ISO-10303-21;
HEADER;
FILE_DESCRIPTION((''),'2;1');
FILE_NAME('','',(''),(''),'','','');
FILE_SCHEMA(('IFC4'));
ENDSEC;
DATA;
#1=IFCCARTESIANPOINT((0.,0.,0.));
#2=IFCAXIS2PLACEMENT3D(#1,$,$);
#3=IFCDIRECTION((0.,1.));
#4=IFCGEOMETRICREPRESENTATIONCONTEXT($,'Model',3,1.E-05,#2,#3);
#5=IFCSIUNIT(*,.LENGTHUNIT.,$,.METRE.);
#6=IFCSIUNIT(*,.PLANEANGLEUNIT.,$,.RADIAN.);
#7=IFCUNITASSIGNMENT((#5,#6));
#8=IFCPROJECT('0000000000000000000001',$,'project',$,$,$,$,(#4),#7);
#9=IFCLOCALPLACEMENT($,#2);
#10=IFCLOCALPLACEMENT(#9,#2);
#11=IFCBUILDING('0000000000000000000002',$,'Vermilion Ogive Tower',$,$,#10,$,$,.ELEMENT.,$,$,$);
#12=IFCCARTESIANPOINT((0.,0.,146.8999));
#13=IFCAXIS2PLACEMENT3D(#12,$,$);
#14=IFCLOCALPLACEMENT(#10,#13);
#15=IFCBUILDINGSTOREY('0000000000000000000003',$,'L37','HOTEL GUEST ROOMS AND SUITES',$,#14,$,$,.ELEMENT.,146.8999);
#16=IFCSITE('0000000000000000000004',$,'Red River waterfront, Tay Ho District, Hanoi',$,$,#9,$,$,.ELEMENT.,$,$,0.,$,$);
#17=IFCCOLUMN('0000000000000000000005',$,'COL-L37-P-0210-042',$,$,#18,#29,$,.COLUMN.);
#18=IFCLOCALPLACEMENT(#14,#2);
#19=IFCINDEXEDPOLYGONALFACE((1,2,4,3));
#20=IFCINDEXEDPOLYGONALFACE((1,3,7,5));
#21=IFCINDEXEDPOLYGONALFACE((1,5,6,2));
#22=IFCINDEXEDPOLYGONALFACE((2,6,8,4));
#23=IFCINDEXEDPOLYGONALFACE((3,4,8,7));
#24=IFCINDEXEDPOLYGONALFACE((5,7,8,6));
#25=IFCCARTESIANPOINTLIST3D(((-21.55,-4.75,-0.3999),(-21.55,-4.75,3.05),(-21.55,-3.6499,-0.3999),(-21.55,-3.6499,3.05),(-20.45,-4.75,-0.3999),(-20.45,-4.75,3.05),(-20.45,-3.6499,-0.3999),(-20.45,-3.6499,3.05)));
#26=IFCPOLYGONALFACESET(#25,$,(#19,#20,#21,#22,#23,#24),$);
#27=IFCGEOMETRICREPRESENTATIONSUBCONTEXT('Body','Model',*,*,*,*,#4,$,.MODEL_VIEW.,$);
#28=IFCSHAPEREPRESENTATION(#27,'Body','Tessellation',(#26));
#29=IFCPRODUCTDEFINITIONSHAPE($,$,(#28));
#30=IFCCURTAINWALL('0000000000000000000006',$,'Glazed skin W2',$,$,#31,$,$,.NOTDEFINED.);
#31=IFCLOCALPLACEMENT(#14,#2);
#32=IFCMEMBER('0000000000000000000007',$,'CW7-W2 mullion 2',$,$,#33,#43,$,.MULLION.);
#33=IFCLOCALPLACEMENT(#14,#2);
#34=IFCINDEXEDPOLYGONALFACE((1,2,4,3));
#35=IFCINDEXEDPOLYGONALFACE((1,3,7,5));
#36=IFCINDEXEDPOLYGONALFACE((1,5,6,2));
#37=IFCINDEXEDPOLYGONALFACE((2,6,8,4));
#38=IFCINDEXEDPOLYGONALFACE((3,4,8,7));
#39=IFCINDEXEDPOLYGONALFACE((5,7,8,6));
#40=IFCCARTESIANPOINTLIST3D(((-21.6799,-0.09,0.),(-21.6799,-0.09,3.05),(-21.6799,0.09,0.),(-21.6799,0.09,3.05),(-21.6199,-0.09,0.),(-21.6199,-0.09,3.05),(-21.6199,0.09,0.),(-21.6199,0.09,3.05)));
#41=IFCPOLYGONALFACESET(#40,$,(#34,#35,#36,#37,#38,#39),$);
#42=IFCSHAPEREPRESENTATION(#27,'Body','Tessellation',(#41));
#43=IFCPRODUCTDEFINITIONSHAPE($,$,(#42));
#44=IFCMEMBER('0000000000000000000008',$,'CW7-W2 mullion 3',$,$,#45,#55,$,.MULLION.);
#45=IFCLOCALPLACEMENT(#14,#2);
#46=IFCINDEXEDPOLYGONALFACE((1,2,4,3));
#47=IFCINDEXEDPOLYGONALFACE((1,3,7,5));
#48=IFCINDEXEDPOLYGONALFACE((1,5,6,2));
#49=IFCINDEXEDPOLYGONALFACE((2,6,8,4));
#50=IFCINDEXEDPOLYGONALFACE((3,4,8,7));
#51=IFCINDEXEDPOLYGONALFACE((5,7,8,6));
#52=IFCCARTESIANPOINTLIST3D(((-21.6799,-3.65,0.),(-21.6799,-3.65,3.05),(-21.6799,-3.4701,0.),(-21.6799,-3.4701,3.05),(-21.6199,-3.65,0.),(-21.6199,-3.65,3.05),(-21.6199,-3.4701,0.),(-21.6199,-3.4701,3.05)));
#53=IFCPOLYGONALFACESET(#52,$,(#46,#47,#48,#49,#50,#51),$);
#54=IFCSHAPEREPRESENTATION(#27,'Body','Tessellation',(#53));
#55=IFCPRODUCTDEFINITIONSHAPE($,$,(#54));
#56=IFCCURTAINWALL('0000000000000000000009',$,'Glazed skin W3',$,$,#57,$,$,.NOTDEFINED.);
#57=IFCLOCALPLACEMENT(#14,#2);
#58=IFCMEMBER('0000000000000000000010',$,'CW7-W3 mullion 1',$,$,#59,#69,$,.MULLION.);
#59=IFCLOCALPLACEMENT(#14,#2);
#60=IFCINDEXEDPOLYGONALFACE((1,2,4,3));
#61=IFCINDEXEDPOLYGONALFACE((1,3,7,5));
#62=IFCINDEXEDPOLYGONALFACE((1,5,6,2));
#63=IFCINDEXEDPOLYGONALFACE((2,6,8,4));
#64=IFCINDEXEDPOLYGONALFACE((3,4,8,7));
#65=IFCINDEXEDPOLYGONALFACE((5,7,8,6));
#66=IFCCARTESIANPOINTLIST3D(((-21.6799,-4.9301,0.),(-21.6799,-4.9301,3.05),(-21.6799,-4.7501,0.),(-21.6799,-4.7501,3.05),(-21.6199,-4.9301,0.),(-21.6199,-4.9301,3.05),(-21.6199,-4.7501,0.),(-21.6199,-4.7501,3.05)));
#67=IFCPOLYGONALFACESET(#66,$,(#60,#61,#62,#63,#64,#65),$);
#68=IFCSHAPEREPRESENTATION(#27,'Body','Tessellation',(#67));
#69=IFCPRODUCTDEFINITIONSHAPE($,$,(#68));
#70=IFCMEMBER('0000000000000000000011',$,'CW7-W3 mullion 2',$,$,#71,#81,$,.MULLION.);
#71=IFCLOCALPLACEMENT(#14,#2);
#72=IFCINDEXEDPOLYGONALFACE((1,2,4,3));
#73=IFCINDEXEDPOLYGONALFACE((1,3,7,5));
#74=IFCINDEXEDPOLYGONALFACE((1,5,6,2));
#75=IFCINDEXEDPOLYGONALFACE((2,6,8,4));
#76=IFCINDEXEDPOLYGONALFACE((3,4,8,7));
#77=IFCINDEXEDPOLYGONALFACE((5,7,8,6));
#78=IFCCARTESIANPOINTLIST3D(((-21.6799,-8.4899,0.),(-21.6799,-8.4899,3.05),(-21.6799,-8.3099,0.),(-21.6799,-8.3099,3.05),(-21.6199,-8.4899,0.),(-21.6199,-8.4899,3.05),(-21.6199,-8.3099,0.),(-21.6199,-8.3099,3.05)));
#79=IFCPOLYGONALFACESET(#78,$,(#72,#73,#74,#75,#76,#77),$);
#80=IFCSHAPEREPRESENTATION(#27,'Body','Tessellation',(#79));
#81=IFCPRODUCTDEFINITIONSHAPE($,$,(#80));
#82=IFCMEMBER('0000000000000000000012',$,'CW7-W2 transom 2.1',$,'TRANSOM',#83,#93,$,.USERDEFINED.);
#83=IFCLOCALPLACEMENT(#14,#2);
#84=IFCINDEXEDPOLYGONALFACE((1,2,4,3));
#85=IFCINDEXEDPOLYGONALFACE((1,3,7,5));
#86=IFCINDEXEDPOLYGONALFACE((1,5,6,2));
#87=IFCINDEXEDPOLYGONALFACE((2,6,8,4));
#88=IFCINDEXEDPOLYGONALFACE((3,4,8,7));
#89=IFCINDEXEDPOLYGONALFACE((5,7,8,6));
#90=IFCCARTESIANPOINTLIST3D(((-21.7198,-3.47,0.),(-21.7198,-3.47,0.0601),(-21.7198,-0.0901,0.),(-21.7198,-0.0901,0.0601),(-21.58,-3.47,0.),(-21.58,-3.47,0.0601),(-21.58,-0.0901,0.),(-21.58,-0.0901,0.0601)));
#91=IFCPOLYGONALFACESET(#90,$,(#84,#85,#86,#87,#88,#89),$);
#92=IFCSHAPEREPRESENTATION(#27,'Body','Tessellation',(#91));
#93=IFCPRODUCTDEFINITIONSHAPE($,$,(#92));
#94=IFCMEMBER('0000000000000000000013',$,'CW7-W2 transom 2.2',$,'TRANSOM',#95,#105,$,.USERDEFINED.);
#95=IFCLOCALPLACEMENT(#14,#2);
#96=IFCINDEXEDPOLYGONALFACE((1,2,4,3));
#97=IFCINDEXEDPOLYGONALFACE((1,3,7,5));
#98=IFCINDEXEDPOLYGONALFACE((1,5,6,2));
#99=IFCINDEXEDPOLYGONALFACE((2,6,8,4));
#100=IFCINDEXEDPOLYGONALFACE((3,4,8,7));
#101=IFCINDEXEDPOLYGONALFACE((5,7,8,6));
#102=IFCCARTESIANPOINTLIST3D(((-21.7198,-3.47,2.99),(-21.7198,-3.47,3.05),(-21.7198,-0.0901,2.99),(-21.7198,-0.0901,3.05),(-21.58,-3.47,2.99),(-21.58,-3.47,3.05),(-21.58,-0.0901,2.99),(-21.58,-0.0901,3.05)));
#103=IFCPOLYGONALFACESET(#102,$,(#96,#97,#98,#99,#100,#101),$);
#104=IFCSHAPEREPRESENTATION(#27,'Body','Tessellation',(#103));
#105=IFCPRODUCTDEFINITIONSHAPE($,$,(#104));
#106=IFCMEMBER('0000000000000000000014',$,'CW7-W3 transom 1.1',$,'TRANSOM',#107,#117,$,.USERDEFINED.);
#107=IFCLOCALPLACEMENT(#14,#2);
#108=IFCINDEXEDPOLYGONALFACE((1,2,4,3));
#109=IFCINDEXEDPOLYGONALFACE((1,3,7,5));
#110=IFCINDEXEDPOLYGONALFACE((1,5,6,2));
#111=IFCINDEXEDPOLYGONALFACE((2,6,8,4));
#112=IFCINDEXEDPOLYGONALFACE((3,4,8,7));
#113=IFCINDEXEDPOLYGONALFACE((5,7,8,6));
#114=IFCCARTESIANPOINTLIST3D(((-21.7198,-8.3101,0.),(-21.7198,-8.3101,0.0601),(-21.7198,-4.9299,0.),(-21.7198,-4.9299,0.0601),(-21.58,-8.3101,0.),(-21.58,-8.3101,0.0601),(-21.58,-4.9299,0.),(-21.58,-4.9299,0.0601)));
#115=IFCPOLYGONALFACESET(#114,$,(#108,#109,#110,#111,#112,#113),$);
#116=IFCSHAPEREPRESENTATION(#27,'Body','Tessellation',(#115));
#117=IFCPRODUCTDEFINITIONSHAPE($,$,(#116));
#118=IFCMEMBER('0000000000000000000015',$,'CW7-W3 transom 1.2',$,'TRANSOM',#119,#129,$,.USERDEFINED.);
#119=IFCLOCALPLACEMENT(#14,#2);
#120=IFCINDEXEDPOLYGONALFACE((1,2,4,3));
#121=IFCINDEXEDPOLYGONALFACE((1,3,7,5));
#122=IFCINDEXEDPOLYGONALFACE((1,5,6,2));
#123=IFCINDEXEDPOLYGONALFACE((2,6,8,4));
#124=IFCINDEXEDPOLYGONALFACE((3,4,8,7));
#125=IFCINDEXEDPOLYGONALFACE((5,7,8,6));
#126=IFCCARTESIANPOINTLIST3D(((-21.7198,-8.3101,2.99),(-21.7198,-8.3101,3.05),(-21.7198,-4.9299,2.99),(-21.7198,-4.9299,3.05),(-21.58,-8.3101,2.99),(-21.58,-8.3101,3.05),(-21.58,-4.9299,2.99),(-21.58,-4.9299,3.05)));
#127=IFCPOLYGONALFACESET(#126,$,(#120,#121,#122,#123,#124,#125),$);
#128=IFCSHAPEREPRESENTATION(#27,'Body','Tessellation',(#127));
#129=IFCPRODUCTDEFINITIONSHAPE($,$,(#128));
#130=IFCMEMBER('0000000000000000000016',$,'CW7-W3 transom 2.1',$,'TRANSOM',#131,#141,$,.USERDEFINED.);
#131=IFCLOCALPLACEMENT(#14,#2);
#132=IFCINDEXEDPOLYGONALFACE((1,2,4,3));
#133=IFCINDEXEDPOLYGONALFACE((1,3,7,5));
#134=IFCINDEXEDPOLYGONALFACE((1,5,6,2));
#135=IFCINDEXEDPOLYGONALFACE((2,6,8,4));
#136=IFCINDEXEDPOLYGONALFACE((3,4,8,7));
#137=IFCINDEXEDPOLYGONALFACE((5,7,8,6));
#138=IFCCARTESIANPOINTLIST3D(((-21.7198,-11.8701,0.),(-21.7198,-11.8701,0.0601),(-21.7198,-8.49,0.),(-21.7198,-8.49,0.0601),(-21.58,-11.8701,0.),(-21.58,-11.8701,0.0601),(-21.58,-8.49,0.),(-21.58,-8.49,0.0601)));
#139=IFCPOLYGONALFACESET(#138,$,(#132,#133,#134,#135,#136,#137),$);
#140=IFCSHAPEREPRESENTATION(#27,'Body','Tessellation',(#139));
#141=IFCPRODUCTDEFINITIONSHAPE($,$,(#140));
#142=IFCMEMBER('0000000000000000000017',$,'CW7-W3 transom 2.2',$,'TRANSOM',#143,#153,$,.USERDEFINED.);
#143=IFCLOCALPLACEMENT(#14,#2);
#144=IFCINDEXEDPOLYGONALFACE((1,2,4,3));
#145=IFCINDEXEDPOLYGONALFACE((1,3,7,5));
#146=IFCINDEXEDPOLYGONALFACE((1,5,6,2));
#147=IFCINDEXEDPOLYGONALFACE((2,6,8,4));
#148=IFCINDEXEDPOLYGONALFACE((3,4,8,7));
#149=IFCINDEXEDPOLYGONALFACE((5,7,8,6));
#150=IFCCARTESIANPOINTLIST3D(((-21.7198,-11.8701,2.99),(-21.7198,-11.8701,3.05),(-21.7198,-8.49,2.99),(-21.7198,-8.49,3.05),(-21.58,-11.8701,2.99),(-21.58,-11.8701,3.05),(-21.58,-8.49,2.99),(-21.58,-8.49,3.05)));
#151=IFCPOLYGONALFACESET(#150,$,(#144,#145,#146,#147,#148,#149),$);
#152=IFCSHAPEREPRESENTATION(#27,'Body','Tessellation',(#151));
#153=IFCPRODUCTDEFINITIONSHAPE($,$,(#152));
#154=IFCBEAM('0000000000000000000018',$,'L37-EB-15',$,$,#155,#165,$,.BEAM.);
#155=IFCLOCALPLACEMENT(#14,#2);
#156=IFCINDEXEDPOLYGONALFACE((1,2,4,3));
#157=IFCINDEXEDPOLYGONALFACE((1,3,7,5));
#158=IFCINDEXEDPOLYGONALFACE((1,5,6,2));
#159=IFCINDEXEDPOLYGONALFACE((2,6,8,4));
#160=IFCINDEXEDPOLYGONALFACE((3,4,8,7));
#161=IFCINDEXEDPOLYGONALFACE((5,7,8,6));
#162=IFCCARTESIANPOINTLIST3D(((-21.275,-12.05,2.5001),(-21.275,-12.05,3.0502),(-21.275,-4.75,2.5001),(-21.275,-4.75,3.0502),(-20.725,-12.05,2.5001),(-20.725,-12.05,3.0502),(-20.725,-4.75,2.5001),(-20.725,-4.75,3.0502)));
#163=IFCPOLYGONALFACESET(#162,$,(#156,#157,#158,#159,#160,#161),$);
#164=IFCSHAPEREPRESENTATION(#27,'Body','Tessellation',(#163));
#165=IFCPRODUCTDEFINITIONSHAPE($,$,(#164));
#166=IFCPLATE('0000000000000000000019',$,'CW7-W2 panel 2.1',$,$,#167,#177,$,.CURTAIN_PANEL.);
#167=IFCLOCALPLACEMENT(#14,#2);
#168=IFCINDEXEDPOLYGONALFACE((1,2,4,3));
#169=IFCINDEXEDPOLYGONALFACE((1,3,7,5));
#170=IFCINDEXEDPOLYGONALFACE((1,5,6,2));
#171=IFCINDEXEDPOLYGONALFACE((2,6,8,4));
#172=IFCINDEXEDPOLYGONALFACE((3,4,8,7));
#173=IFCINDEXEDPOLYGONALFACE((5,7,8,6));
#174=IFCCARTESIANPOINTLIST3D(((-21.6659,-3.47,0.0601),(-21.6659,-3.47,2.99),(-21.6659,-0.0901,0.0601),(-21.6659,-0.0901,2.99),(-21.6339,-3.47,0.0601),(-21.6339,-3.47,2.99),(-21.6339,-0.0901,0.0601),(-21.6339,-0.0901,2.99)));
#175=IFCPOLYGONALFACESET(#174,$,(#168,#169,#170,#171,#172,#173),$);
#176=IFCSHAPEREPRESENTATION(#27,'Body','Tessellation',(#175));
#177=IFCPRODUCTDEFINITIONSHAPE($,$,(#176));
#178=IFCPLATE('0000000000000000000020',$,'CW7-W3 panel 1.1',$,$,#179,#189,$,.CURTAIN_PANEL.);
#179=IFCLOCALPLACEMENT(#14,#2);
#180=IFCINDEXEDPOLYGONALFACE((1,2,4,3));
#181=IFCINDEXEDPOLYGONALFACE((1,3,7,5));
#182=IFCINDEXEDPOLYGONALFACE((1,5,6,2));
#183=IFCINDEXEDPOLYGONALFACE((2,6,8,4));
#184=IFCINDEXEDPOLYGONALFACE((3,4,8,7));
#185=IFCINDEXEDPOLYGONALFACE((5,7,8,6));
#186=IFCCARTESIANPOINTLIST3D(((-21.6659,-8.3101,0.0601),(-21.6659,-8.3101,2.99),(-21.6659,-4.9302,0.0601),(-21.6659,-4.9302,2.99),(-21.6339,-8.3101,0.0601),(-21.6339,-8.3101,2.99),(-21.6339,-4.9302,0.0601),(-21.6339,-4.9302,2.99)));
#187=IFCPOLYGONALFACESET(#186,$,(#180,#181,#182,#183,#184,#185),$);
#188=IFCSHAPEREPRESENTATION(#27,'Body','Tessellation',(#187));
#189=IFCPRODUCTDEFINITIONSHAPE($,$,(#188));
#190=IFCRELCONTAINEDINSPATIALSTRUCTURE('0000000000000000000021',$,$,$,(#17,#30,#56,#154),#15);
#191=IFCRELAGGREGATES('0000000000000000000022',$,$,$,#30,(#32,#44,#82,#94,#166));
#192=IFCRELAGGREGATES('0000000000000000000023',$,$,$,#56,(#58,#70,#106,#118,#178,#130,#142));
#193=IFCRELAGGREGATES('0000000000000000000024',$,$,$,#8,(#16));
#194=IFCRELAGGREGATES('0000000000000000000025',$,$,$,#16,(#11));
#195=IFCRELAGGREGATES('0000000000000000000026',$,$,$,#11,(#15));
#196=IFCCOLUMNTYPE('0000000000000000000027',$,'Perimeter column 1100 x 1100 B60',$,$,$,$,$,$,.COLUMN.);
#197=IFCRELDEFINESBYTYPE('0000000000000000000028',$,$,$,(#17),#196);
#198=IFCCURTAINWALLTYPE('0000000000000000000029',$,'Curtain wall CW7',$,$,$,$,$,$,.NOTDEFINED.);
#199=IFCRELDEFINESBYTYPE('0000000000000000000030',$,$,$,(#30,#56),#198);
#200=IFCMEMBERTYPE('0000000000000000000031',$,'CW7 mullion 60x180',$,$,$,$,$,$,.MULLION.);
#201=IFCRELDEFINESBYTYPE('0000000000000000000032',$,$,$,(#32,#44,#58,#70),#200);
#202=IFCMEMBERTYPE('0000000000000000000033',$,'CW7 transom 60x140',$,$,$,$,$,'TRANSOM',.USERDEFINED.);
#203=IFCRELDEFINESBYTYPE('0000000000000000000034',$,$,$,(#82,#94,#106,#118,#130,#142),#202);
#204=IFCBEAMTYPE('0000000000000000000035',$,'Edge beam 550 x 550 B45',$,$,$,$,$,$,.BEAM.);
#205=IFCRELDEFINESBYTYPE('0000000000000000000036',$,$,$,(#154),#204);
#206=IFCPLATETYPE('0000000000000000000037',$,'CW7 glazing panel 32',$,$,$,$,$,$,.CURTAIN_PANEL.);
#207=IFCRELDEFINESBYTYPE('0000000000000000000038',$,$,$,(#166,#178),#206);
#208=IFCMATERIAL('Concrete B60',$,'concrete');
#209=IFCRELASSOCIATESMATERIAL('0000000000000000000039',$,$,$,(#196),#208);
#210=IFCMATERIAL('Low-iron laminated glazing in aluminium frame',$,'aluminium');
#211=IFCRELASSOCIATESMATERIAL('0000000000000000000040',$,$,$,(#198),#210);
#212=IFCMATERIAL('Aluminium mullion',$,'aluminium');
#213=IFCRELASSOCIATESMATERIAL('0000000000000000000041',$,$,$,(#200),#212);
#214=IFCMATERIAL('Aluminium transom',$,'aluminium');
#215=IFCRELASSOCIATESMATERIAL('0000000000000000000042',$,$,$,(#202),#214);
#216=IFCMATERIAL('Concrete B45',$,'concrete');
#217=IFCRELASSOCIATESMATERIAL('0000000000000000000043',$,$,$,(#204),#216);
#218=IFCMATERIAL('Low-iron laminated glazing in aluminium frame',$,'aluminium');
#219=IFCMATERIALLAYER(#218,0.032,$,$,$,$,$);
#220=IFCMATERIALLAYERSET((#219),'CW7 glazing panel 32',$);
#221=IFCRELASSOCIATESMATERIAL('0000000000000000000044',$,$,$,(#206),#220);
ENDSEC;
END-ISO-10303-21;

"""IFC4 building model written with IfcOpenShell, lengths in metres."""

from ifc_helpers import new_model, si_unit, direction, frame, origin, origin_2d, place, context, subcontext, project, spatial, rectangle, extrude, material, layer, layer_set, material_profile, profile_set, type_object, element, aggregate, save


model = new_model("IFC4")

# Units and contexts
model_context = context("Model", 3, precision=1e-05, world=origin(), true_north=direction((0.0, 1.0)))
body_context = subcontext(model_context, "Body", "Model", "MODEL_VIEW")
ifc_project = project(units=[si_unit("LENGTHUNIT", "METRE"), si_unit("PLANEANGLEUNIT", "RADIAN")], contexts=[model_context])

# Site, building, storey
site_placement = place(None, origin())
site = spatial("IfcSite", under=ifc_project, at=site_placement, Name="Red River waterfront, Tay Ho District, Hanoi", CompositionType="ELEMENT", RefElevation=0.0)
building_placement = place(site_placement, origin())
building = spatial("IfcBuilding", under=site, at=building_placement, Name="Vermilion Ogive Tower", CompositionType="ELEMENT")
storey_placement = place(building_placement, frame((0.0, 0.0, 146.8999)))
storey = spatial("IfcBuildingStorey", under=building, at=storey_placement, Name="L37", Description="HOTEL GUEST ROOMS AND SUITES", CompositionType="ELEMENT", Elevation=146.8999)

# Column
ifc_material_1 = material(Name="Concrete B60", Category="concrete")
ifc_material_profile_1 = material_profile(ifc_material_1, rectangle(XDim=1.1001, YDim=1.1001, at=origin_2d()), Name="1100 x 1100")
ifc_profile_set_1 = profile_set([ifc_material_profile_1], Name="Concrete B60")
column_type = type_object("IfcColumnType", Name="Perimeter column 1100 x 1100 B60", PredefinedType="COLUMN", material=ifc_profile_set_1)
column_placement = place(storey_placement, frame((-21.0, -4.2, -0.3999), z_axis=(0.0, 0.0, 1.0), x_axis=(1.0, 0.0, 0.0)))
element("IfcColumn", 1, at=column_placement, inside=storey, type_object=column_type, Name="COL-L37-P-0210-042", PredefinedType="COLUMN", context=body_context, shape_type="SweptSolid", body=[
    extrude(rectangle(XDim=1.1001, YDim=1.1001, at=origin_2d()), origin(), (0.0, 0.0, 1.0), 3.45),
])

# Curtain walls, members
ifc_material_2 = material(Name="Low-iron laminated glazing in aluminium frame", Category="aluminium")
curtain_wall_type = type_object("IfcCurtainWallType", Name="Curtain wall CW7", PredefinedType="NOTDEFINED", material=ifc_material_2)
curtain_wall_1_placement = place(storey_placement, origin())
curtain_wall_1 = element("IfcCurtainWall", 2, at=curtain_wall_1_placement, inside=storey, type_object=curtain_wall_type, Name="Glazed skin W2", PredefinedType="NOTDEFINED")
ifc_material_3 = material(Name="Aluminium mullion", Category="aluminium")
ifc_material_profile_2 = material_profile(ifc_material_3, rectangle(XDim=0.0601, YDim=0.1799, at=origin_2d()), Name="AL 60x180")
ifc_profile_set_2 = profile_set([ifc_material_profile_2], Name="Aluminium mullion")
member_type_1 = type_object("IfcMemberType", Name="CW7 mullion 60x180", PredefinedType="MULLION", material=ifc_profile_set_2)
member_1_placement = place(storey_placement, frame((-21.6499, 0.0, 0.0), z_axis=(0.0, 0.0, 1.0), x_axis=(1.0, 0.0, 0.0)))
member_1 = element("IfcMember", 3, at=member_1_placement, type_object=member_type_1, Name="CW7-W2 mullion 2", PredefinedType="MULLION", context=body_context, shape_type="SweptSolid", body=[
    extrude(rectangle(XDim=0.0601, YDim=0.1799, at=origin_2d()), origin(), (0.0, 0.0, 1.0), 3.05),
])
member_2_placement = place(storey_placement, frame((-21.6499, -3.5601, 0.0), z_axis=(0.0, 0.0, 1.0), x_axis=(1.0, 0.0, 0.0)))
member_2 = element("IfcMember", 4, at=member_2_placement, type_object=member_type_1, Name="CW7-W2 mullion 3", PredefinedType="MULLION", context=body_context, shape_type="SweptSolid", body=[
    extrude(rectangle(XDim=0.0601, YDim=0.1799, at=origin_2d()), origin(), (0.0, 0.0, 1.0), 3.05),
])
curtain_wall_2_placement = place(storey_placement, origin())
curtain_wall_2 = element("IfcCurtainWall", 5, at=curtain_wall_2_placement, inside=storey, type_object=curtain_wall_type, Name="Glazed skin W3", PredefinedType="NOTDEFINED")
member_3_placement = place(storey_placement, frame((-21.6499, -4.8401, 0.0), z_axis=(0.0, 0.0, 1.0), x_axis=(1.0, 0.0, 0.0)))
member_3 = element("IfcMember", 6, at=member_3_placement, type_object=member_type_1, Name="CW7-W3 mullion 1", PredefinedType="MULLION", context=body_context, shape_type="SweptSolid", body=[
    extrude(rectangle(XDim=0.0601, YDim=0.1799, at=origin_2d()), origin(), (0.0, 0.0, 1.0), 3.05),
])
member_4_placement = place(storey_placement, frame((-21.6499, -8.3999, 0.0), z_axis=(0.0, 0.0, 1.0), x_axis=(1.0, 0.0, 0.0)))
member_4 = element("IfcMember", 7, at=member_4_placement, type_object=member_type_1, Name="CW7-W3 mullion 2", PredefinedType="MULLION", context=body_context, shape_type="SweptSolid", body=[
    extrude(rectangle(XDim=0.0601, YDim=0.1799, at=origin_2d()), origin(), (0.0, 0.0, 1.0), 3.05),
])

# Members
ifc_material_4 = material(Name="Aluminium transom", Category="aluminium")
ifc_material_profile_3 = material_profile(ifc_material_4, rectangle(XDim=0.1399, YDim=0.0601, at=origin_2d()), Name="AL 60x140")
ifc_profile_set_3 = profile_set([ifc_material_profile_3], Name="Aluminium transom")
member_type_2 = type_object("IfcMemberType", Name="CW7 transom 60x140", ElementType="TRANSOM", PredefinedType="USERDEFINED", material=ifc_profile_set_3)
member_5_placement = place(storey_placement, frame((-21.6499, -0.0901, 0.03), z_axis=(0.0, -1.0, 0.0), x_axis=(1.0, 0.0, 0.0)))
member_5 = element("IfcMember", 8, at=member_5_placement, type_object=member_type_2, Name="CW7-W2 transom 2.1", ObjectType="TRANSOM", PredefinedType="USERDEFINED", context=body_context, shape_type="SweptSolid", body=[
    extrude(rectangle(XDim=0.1399, YDim=0.0601, at=origin_2d()), origin(), (0.0, 0.0, 1.0), 3.3799),
])
member_6_placement = place(storey_placement, frame((-21.6499, -0.0901, 3.02), z_axis=(0.0, -1.0, 0.0), x_axis=(1.0, 0.0, 0.0)))
member_6 = element("IfcMember", 9, at=member_6_placement, type_object=member_type_2, Name="CW7-W2 transom 2.2", ObjectType="TRANSOM", PredefinedType="USERDEFINED", context=body_context, shape_type="SweptSolid", body=[
    extrude(rectangle(XDim=0.1399, YDim=0.0601, at=origin_2d()), origin(), (0.0, 0.0, 1.0), 3.3799),
])
member_7_placement = place(storey_placement, frame((-21.6499, -4.9299, 0.03), z_axis=(0.0, -1.0, 0.0), x_axis=(1.0, 0.0, 0.0)))
member_7 = element("IfcMember", 10, at=member_7_placement, type_object=member_type_2, Name="CW7-W3 transom 1.1", ObjectType="TRANSOM", PredefinedType="USERDEFINED", context=body_context, shape_type="SweptSolid", body=[
    extrude(rectangle(XDim=0.1399, YDim=0.0601, at=origin_2d()), origin(), (0.0, 0.0, 1.0), 3.3801),
])
member_8_placement = place(storey_placement, frame((-21.6499, -4.9299, 3.02), z_axis=(0.0, -1.0, 0.0), x_axis=(1.0, 0.0, 0.0)))
member_8 = element("IfcMember", 11, at=member_8_placement, type_object=member_type_2, Name="CW7-W3 transom 1.2", ObjectType="TRANSOM", PredefinedType="USERDEFINED", context=body_context, shape_type="SweptSolid", body=[
    extrude(rectangle(XDim=0.1399, YDim=0.0601, at=origin_2d()), origin(), (0.0, 0.0, 1.0), 3.3801),
])
member_9_placement = place(storey_placement, frame((-21.6499, -8.49, 0.03), z_axis=(0.0, -1.0, 0.0), x_axis=(1.0, 0.0, 0.0)))
member_9 = element("IfcMember", 12, at=member_9_placement, type_object=member_type_2, Name="CW7-W3 transom 2.1", ObjectType="TRANSOM", PredefinedType="USERDEFINED", context=body_context, shape_type="SweptSolid", body=[
    extrude(rectangle(XDim=0.1399, YDim=0.0601, at=origin_2d()), origin(), (0.0, 0.0, 1.0), 3.3801),
])
member_10_placement = place(storey_placement, frame((-21.6499, -8.49, 3.02), z_axis=(0.0, -1.0, 0.0), x_axis=(1.0, 0.0, 0.0)))
member_10 = element("IfcMember", 13, at=member_10_placement, type_object=member_type_2, Name="CW7-W3 transom 2.2", ObjectType="TRANSOM", PredefinedType="USERDEFINED", context=body_context, shape_type="SweptSolid", body=[
    extrude(rectangle(XDim=0.1399, YDim=0.0601, at=origin_2d()), origin(), (0.0, 0.0, 1.0), 3.3801),
])

# Beam
ifc_material_5 = material(Name="Concrete B45", Category="concrete")
ifc_material_profile_4 = material_profile(ifc_material_5, rectangle(XDim=0.55, YDim=0.55, at=origin_2d()), Name="550 x 550")
ifc_profile_set_4 = profile_set([ifc_material_profile_4], Name="Concrete B45")
beam_type = type_object("IfcBeamType", Name="Edge beam 550 x 550 B45", PredefinedType="BEAM", material=ifc_profile_set_4)
beam_placement = place(storey_placement, frame((-21.0, -4.75, 2.7751), z_axis=(0.0, -1.0, 0.0), x_axis=(1.0, 0.0, 0.0)))
element("IfcBeam", 14, at=beam_placement, inside=storey, type_object=beam_type, Name="L37-EB-15", PredefinedType="BEAM", context=body_context, shape_type="SweptSolid", body=[
    extrude(rectangle(XDim=0.55, YDim=0.55, at=origin_2d()), origin(), (0.0, 0.0, 1.0), 7.3),
])

# Plates
ifc_material_6 = material(Name="Low-iron laminated glazing in aluminium frame", Category="aluminium")
ifc_layer_1 = layer(ifc_material_6, 0.032)
ifc_layer_set_1 = layer_set([ifc_layer_1], Name="CW7 glazing panel 32")
plate_type = type_object("IfcPlateType", Name="CW7 glazing panel 32", PredefinedType="CURTAIN_PANEL", material=ifc_layer_set_1)
plate_1_placement = place(storey_placement, frame((-21.6499, -1.78, 0.0601), z_axis=(0.0, 0.0, 1.0), x_axis=(0.0, -1.0, 0.0)))
plate_1 = element("IfcPlate", 15, at=plate_1_placement, type_object=plate_type, Name="CW7-W2 panel 2.1", PredefinedType="CURTAIN_PANEL", context=body_context, shape_type="SweptSolid", body=[
    extrude(rectangle(XDim=3.3799, YDim=0.032, at=origin_2d()), origin(), (0.0, 0.0, 1.0), 2.9299),
])
aggregate(curtain_wall_1, [member_1, member_2, member_5, member_6, plate_1])
plate_2_placement = place(storey_placement, frame((-21.6499, -6.6201, 0.0601), z_axis=(0.0, 0.0, 1.0), x_axis=(0.0, -1.0, 0.0)))
plate_2 = element("IfcPlate", 16, at=plate_2_placement, type_object=plate_type, Name="CW7-W3 panel 1.1", PredefinedType="CURTAIN_PANEL", context=body_context, shape_type="SweptSolid", body=[
    extrude(rectangle(XDim=3.3799, YDim=0.032, at=origin_2d()), origin(), (0.0, 0.0, 1.0), 2.9299),
])
aggregate(curtain_wall_2, [member_3, member_4, member_7, member_8, plate_2, member_9, member_10])

save(model, "model.ifc")
